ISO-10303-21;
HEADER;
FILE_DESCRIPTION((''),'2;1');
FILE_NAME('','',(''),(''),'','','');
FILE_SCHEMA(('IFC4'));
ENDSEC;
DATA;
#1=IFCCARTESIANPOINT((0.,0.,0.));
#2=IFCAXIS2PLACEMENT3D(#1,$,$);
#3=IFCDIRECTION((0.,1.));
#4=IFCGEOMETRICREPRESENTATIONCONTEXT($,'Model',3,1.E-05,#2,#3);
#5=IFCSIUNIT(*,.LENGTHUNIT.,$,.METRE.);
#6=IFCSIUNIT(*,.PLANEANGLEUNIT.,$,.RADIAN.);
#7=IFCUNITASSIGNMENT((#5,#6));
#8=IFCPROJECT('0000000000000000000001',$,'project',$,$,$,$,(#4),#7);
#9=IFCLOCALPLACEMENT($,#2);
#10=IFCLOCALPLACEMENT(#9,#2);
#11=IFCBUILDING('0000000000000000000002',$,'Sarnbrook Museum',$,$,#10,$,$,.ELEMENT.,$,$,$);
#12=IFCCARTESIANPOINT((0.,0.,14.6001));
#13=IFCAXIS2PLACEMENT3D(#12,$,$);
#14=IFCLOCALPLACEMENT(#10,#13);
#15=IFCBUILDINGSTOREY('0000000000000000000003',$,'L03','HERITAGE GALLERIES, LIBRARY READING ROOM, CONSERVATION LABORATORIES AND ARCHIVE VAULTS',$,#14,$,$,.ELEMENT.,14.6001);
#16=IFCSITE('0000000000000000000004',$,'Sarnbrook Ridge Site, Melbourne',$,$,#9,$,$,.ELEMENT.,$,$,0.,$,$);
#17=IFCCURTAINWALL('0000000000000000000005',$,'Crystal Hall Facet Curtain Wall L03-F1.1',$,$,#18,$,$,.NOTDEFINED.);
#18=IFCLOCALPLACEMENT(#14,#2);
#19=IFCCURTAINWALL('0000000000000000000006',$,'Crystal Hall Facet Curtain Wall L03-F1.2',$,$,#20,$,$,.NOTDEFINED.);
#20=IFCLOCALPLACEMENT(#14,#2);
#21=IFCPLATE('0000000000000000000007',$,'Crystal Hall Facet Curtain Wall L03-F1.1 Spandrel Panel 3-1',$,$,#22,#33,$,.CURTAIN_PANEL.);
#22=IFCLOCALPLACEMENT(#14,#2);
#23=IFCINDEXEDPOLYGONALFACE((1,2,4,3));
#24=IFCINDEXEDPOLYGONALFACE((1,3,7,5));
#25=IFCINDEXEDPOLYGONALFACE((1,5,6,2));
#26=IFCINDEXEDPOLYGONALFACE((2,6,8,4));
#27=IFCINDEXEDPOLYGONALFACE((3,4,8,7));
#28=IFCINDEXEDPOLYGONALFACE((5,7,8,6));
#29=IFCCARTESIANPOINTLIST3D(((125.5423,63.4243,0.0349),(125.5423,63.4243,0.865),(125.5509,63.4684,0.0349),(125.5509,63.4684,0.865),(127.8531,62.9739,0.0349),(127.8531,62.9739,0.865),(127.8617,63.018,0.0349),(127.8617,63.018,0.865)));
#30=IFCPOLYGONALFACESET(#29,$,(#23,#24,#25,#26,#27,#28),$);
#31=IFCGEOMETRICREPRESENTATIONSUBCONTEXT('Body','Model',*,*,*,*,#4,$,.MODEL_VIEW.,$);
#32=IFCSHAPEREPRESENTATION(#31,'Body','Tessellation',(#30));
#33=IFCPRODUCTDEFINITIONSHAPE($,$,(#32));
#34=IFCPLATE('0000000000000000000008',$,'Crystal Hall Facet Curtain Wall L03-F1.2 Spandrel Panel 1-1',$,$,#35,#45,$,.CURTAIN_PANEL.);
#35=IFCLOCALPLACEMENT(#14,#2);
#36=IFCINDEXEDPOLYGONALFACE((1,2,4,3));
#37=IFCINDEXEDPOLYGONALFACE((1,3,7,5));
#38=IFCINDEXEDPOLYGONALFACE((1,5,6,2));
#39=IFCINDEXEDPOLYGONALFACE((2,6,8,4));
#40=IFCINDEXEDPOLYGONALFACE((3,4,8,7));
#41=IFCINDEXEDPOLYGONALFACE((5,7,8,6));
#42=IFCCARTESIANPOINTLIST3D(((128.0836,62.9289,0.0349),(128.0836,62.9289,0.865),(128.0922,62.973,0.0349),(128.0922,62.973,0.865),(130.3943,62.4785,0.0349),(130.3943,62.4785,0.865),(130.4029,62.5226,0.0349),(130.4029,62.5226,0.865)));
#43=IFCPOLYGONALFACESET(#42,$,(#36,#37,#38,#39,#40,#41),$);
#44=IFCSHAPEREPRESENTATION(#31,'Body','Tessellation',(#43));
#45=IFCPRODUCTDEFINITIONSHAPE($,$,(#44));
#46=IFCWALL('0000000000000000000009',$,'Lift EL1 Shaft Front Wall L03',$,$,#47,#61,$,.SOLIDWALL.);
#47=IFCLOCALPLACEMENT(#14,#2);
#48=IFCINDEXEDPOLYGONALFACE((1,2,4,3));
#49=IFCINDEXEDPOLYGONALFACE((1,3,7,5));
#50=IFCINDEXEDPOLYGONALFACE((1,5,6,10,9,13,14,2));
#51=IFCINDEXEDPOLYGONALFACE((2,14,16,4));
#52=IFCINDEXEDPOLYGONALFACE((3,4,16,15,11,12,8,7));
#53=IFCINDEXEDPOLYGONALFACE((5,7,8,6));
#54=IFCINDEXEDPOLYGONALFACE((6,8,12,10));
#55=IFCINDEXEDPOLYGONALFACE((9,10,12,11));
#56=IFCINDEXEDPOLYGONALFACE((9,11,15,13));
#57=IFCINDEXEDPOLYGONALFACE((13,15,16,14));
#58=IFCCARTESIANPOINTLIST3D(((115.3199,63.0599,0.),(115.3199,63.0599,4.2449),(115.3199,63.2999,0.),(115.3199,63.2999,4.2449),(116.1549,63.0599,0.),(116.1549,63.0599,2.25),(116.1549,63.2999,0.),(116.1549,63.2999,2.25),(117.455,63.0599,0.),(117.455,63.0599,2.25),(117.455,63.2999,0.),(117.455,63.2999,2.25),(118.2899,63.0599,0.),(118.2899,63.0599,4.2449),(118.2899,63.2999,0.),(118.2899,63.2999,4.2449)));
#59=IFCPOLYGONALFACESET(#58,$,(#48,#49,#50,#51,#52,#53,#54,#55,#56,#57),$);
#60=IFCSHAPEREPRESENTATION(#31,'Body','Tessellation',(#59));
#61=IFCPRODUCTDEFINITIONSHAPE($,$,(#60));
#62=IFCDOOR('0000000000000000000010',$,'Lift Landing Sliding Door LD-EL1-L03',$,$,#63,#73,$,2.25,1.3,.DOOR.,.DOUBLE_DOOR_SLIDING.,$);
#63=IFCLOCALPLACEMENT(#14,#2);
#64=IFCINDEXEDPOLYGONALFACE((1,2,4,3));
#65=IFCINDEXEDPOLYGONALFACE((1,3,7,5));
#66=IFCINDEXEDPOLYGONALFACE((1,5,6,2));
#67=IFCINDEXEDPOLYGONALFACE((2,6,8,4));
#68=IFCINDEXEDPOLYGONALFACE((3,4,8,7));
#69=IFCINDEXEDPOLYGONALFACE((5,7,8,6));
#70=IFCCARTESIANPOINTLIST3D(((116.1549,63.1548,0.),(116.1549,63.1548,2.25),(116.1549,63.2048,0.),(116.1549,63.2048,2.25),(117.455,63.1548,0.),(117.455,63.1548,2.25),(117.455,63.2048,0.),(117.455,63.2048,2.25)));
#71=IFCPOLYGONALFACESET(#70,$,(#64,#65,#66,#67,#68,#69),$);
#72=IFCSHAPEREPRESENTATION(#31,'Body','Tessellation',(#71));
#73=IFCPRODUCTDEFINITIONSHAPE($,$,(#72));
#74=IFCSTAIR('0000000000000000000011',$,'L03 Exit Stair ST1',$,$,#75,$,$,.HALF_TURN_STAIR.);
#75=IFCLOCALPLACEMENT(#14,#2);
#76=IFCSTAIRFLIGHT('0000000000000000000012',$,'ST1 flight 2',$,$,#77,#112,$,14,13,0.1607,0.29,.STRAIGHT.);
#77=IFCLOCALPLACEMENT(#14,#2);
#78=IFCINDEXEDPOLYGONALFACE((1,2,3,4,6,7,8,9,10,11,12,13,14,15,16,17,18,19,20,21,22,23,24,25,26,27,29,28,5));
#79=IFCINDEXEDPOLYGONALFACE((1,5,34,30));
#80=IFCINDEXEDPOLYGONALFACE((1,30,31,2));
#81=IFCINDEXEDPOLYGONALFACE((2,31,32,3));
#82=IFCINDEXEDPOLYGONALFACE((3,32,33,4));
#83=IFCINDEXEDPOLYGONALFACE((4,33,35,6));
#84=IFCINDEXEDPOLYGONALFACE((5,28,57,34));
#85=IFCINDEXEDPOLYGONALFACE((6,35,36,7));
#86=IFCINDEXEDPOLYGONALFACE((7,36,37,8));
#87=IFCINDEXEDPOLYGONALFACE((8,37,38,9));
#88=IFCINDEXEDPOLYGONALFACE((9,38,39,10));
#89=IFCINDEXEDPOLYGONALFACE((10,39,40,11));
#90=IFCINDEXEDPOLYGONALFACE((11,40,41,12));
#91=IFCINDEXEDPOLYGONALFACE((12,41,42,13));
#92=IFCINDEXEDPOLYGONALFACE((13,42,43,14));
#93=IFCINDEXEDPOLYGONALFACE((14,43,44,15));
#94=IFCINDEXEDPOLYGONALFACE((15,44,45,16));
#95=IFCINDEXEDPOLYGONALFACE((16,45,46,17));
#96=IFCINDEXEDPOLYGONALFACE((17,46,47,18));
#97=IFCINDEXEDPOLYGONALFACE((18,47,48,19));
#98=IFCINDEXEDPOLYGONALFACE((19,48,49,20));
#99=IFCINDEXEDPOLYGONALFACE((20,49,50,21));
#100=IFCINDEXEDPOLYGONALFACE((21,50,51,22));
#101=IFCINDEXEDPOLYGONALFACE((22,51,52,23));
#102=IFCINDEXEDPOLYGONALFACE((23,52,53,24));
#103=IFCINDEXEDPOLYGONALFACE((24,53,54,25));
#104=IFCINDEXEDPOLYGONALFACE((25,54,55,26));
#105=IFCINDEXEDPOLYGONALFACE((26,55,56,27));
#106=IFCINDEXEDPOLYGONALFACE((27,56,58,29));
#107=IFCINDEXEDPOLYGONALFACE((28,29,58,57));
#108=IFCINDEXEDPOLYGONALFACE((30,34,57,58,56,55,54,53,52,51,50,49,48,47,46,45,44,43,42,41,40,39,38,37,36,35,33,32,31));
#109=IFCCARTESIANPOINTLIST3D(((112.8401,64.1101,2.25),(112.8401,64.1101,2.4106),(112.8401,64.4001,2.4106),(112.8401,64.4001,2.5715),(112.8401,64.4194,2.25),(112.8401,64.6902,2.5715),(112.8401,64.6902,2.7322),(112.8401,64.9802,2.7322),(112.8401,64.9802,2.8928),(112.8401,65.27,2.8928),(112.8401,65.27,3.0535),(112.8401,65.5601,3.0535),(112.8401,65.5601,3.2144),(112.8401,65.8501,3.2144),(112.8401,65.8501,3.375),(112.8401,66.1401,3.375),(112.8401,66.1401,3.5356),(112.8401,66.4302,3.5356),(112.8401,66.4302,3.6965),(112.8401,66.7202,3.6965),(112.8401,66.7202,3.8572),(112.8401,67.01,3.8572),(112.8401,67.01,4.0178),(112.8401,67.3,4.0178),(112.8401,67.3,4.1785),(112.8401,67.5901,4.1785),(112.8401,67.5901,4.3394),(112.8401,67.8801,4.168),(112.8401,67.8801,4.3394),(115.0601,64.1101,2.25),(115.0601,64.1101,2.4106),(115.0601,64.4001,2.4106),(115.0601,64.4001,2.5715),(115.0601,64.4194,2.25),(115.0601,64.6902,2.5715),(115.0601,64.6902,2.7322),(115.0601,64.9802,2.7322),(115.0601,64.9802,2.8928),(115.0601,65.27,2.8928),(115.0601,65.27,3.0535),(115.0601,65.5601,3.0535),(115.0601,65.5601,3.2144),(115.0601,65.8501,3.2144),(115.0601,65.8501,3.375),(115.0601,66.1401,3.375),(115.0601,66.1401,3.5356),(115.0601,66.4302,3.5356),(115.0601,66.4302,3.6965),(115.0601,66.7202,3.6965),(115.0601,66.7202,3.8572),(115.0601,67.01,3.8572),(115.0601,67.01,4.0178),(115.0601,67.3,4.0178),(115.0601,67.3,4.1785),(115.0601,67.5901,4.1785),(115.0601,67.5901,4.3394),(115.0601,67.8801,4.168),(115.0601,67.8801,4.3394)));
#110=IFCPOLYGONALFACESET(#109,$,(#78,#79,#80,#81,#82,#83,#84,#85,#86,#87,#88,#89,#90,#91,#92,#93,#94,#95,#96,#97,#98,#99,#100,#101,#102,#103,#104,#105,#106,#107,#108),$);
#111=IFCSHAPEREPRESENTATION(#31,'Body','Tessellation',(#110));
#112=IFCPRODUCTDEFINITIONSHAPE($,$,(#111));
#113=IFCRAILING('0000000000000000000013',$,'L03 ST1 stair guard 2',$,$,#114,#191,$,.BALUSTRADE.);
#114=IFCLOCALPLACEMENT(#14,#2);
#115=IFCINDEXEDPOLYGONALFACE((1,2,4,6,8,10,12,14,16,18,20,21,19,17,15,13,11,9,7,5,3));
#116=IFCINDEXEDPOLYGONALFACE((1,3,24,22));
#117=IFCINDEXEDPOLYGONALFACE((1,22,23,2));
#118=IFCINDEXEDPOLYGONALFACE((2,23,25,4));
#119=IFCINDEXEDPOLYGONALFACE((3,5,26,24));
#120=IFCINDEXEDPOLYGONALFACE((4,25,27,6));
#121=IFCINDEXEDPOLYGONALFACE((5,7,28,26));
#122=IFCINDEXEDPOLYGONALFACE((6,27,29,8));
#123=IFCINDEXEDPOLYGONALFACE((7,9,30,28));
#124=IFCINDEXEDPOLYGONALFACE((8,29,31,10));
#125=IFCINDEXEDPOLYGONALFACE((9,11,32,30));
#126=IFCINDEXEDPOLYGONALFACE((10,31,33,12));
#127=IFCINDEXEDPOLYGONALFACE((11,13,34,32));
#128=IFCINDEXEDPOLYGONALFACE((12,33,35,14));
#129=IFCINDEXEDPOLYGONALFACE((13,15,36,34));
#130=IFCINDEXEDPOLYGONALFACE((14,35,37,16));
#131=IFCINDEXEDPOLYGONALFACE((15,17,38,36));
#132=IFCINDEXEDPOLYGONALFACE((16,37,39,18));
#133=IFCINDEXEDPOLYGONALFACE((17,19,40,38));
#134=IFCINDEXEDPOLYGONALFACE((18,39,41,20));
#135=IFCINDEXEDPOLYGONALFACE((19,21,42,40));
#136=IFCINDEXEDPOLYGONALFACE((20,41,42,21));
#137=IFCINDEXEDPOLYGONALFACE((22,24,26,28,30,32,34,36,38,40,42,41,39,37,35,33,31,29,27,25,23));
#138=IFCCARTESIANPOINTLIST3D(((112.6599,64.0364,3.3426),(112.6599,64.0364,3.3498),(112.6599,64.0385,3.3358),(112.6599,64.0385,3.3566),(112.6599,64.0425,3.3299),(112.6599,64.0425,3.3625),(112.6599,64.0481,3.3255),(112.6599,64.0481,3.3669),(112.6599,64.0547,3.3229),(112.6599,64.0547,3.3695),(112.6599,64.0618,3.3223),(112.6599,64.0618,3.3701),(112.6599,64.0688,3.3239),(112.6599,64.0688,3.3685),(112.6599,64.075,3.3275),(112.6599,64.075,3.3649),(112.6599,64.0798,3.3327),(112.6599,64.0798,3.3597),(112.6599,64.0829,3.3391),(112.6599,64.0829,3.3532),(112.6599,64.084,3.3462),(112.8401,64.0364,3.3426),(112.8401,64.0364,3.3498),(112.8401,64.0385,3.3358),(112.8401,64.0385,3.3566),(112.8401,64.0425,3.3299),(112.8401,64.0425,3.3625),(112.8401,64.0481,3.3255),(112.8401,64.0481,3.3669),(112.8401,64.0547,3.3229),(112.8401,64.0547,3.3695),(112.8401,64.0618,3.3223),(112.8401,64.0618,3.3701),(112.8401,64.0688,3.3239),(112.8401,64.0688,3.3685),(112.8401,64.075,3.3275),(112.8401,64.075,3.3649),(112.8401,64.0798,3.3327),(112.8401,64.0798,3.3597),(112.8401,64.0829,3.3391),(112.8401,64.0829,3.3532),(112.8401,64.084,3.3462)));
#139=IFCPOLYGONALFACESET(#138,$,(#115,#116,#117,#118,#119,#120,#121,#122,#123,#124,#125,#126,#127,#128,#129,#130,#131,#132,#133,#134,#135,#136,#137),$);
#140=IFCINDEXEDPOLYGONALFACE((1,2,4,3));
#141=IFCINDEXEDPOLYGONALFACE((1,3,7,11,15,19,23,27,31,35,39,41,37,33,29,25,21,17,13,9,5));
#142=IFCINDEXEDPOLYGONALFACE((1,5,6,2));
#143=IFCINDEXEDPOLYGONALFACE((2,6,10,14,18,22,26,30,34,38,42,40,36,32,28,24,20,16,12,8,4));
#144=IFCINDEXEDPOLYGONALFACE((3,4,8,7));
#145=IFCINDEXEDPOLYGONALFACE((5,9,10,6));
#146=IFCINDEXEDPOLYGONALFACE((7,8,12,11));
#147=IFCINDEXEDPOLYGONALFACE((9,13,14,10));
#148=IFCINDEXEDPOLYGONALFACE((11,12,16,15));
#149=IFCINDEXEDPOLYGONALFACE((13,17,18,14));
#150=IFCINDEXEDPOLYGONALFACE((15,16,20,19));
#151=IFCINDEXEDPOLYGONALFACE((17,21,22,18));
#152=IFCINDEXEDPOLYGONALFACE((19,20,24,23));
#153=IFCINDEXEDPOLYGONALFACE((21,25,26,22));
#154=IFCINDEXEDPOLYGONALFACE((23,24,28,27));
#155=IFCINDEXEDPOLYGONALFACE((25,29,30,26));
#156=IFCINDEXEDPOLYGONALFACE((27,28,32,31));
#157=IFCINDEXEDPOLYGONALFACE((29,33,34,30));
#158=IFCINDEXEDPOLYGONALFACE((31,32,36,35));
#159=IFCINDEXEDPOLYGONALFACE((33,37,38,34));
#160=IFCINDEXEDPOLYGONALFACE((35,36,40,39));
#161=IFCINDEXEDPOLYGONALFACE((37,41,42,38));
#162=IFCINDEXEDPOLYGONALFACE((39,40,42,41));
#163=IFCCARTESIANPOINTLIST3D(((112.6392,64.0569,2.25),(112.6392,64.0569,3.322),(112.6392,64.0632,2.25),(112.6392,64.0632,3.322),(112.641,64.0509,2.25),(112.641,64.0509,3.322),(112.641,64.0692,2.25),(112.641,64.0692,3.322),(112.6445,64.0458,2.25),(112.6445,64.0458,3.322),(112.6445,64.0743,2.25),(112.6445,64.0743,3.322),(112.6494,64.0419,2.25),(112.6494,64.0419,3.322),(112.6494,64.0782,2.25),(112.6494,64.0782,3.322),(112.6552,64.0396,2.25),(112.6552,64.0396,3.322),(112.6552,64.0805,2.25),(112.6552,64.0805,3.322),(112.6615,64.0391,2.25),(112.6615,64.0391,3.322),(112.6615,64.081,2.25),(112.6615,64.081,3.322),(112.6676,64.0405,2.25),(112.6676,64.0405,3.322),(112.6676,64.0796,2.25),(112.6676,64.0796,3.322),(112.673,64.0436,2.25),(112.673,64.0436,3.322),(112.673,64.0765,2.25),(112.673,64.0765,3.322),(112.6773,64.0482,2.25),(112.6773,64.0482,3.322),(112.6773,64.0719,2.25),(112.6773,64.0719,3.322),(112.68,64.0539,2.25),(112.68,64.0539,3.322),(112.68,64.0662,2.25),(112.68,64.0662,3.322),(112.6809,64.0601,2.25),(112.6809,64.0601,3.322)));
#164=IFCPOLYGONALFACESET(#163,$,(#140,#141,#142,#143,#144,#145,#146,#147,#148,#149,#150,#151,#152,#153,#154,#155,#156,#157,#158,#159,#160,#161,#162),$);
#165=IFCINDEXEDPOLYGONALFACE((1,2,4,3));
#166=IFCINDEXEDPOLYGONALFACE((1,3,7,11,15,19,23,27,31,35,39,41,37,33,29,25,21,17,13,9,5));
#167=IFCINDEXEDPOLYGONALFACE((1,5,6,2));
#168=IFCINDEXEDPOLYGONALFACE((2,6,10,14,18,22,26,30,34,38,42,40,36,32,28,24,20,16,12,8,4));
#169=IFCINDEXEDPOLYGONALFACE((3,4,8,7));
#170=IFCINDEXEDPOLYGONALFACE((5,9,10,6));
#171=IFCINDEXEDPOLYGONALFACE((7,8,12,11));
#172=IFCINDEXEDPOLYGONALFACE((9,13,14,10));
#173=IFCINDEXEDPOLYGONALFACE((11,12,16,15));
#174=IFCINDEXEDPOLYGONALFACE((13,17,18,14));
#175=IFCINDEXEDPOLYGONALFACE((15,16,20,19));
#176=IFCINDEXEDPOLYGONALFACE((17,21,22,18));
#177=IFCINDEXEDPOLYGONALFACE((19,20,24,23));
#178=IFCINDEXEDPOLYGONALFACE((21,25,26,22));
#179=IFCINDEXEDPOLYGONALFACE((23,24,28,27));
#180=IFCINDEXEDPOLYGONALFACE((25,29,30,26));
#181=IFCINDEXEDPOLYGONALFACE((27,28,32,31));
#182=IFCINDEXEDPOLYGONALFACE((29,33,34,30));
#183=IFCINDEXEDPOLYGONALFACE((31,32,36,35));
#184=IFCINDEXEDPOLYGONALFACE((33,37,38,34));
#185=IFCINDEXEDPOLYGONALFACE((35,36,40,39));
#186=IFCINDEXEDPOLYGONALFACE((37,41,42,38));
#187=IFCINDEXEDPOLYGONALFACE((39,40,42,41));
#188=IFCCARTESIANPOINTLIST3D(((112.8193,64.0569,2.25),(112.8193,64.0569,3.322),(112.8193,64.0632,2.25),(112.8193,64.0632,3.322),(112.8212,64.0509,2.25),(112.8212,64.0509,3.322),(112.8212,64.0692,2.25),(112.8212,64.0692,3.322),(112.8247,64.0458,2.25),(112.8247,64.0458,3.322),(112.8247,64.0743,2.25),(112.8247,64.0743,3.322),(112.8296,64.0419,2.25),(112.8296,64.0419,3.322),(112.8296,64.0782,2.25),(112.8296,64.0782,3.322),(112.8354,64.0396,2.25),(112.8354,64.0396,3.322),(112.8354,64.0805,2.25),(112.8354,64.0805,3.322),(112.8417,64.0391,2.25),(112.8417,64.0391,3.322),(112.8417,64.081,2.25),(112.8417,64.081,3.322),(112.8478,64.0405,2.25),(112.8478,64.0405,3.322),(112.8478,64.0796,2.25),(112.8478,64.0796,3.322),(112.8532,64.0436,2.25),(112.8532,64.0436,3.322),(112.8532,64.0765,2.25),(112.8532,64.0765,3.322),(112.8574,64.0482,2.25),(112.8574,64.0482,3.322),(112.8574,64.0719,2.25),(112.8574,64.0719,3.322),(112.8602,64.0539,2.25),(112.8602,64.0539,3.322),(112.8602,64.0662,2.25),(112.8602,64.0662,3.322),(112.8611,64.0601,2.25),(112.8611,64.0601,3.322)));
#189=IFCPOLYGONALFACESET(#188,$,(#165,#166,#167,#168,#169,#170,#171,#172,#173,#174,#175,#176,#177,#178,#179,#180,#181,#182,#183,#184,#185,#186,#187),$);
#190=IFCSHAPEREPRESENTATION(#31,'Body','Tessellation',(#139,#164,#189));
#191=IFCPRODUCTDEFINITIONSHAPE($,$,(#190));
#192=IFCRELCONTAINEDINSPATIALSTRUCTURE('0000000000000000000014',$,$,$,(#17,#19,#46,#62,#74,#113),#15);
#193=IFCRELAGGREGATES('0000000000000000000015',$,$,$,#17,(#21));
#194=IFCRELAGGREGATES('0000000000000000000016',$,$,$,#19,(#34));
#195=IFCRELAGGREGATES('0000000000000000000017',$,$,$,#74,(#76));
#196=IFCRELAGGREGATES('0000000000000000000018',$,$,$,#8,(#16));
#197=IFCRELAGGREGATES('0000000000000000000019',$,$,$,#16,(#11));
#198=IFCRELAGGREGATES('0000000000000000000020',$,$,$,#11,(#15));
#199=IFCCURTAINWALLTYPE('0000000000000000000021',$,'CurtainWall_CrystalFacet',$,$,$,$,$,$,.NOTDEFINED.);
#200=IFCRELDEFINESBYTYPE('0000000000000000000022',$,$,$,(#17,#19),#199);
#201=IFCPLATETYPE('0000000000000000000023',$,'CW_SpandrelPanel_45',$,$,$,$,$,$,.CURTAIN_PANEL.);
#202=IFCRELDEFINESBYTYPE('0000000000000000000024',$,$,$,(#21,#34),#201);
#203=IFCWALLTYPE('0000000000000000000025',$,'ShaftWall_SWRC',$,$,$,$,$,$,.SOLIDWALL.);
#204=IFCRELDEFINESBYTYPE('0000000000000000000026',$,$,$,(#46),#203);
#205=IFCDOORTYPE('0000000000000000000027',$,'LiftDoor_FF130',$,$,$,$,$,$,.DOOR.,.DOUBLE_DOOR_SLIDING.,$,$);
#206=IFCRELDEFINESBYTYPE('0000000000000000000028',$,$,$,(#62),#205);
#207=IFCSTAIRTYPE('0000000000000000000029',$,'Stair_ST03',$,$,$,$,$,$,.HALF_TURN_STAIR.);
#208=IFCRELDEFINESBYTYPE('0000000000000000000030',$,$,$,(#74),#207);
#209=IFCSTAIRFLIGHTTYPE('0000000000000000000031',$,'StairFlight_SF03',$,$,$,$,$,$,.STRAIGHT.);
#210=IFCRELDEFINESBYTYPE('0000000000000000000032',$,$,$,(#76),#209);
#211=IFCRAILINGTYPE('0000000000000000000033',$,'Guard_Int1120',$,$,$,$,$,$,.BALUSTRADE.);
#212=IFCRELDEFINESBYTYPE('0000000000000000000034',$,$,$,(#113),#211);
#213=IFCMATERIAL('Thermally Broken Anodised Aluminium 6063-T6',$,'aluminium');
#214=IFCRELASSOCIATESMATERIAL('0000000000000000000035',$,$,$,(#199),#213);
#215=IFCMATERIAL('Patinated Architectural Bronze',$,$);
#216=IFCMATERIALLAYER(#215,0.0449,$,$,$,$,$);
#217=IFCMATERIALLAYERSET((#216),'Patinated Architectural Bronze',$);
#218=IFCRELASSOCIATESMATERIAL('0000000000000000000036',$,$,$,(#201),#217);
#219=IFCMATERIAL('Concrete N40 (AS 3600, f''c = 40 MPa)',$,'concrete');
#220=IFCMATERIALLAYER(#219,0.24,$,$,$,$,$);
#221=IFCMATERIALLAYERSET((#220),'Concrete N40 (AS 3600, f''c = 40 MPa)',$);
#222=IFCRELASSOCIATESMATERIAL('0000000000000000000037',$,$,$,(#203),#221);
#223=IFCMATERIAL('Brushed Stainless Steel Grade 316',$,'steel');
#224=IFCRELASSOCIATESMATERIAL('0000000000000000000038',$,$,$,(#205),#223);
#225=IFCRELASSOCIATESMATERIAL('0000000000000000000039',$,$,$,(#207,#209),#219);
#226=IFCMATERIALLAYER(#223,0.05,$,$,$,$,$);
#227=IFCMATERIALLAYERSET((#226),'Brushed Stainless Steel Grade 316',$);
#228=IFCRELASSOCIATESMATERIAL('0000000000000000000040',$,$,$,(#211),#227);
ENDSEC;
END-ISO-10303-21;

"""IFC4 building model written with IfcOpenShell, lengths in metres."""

from ifc_helpers import new_model, si_unit, direction, frame, frame_2d, origin, origin_2d, place, context, subcontext, project, spatial, polyline, rectangle, circle, outline, extrude, material, layer, layer_set, type_object, element, fill, aggregate, save


model = new_model("IFC4")

# Units and contexts
model_context = context("Model", 3, precision=1e-05, world=origin(), true_north=direction((0.0, 1.0)))
body_context = subcontext(model_context, "Body", "Model", "MODEL_VIEW")
ifc_project = project(units=[si_unit("LENGTHUNIT", "METRE"), si_unit("PLANEANGLEUNIT", "RADIAN")], contexts=[model_context])

# Site, building, storey
site_placement = place(None, origin())
site = spatial("IfcSite", under=ifc_project, at=site_placement, Name="Sarnbrook Ridge Site, Melbourne", CompositionType="ELEMENT", RefElevation=0.0)
building_placement = place(site_placement, origin())
building = spatial("IfcBuilding", under=site, at=building_placement, Name="Sarnbrook Museum", CompositionType="ELEMENT")
storey_placement = place(building_placement, frame((0.0, 0.0, 14.6001)))
storey = spatial("IfcBuildingStorey", under=building, at=storey_placement, Name="L03", Description="HERITAGE GALLERIES, LIBRARY READING ROOM, CONSERVATION LABORATORIES AND ARCHIVE VAULTS", CompositionType="ELEMENT", Elevation=14.6001)

# Curtain walls
ifc_material_1 = material(Name="Thermally Broken Anodised Aluminium 6063-T6", Category="aluminium")
curtain_wall_type = type_object("IfcCurtainWallType", Name="CurtainWall_CrystalFacet", PredefinedType="NOTDEFINED", material=ifc_material_1)
curtain_wall_1_placement = place(storey_placement, origin())
curtain_wall_1 = element("IfcCurtainWall", 1, at=curtain_wall_1_placement, inside=storey, type_object=curtain_wall_type, Name="Crystal Hall Facet Curtain Wall L03-F1.1", PredefinedType="NOTDEFINED")
curtain_wall_2_placement = place(storey_placement, origin())
curtain_wall_2 = element("IfcCurtainWall", 2, at=curtain_wall_2_placement, inside=storey, type_object=curtain_wall_type, Name="Crystal Hall Facet Curtain Wall L03-F1.2", PredefinedType="NOTDEFINED")

# Plates
ifc_material_2 = material(Name="Patinated Architectural Bronze")
ifc_layer_1 = layer(ifc_material_2, 0.0449)
ifc_layer_set_1 = layer_set([ifc_layer_1], Name="Patinated Architectural Bronze")
plate_type_1 = type_object("IfcPlateType", Name="CW_SpandrelPanel_45", PredefinedType="CURTAIN_PANEL", material=ifc_layer_set_1)
plate_1_placement = place(storey_placement, frame((126.7063, 63.2432, 0.45), z_axis=(-0.191314, -0.981529, 0.0), x_axis=(0.981529, -0.191314, 0.0)))
plate_1 = element("IfcPlate", 3, at=plate_1_placement, type_object=plate_type_1, Name="Crystal Hall Facet Curtain Wall L03-F1.1 Spandrel Panel 3-1", PredefinedType="CURTAIN_PANEL", context=body_context, shape_type="SweptSolid", body=[
    extrude(rectangle(XDim=2.3542, YDim=0.8301, at=origin_2d()), origin(), (0.0, 0.0, 1.0), 0.0449),
])
aggregate(curtain_wall_1, [plate_1])
plate_2_placement = place(storey_placement, frame((129.2476, 62.7478, 0.45), z_axis=(-0.191314, -0.981529, 0.0), x_axis=(0.981529, -0.191314, 0.0)))
plate_2 = element("IfcPlate", 4, at=plate_2_placement, type_object=plate_type_1, Name="Crystal Hall Facet Curtain Wall L03-F1.2 Spandrel Panel 1-1", PredefinedType="CURTAIN_PANEL", context=body_context, shape_type="SweptSolid", body=[
    extrude(rectangle(XDim=2.3542, YDim=0.8301, at=origin_2d()), origin(), (0.0, 0.0, 1.0), 0.0449),
])
aggregate(curtain_wall_2, [plate_2])

# Wall, opening, door
ifc_material_3 = material(Name="Concrete N40 (AS 3600, f'c = 40 MPa)", Category="concrete")
ifc_layer_2 = layer(ifc_material_3, 0.24)
ifc_layer_set_2 = layer_set([ifc_layer_2], Name="Concrete N40 (AS 3600, f'c = 40 MPa)")
wall_type = type_object("IfcWallType", Name="ShaftWall_SWRC", PredefinedType="SOLIDWALL", material=ifc_layer_set_2)
wall_placement = place(storey_placement, frame((115.3201, 63.1799, 0.0), z_axis=(0.0, 0.0, 1.0), x_axis=(1.0, 0.0, 0.0)))
wall = element("IfcWall", 5, at=wall_placement, inside=storey, type_object=wall_type, Name="Lift EL1 Shaft Front Wall L03", PredefinedType="SOLIDWALL", context=body_context, shape_type="SweptSolid", body=[
    extrude(rectangle(XDim=2.97, YDim=0.24, at=frame_2d((1.4849, 0.0))), origin(), (0.0, 0.0, 1.0), 4.2449),
])
opening_placement = place(wall_placement, frame((0.835, 0.0, 0.0)))
opening = element("IfcOpeningElement", 6, at=opening_placement, cuts=wall, PredefinedType="OPENING", context=body_context, shape_type="SweptSolid", body=[
    extrude(rectangle(XDim=1.3, YDim=2.25, at=frame_2d((0.6499, 1.125))), frame((0.0, 0.1299, 0.0), z_axis=(0.0, -1.0, 0.0), x_axis=(1.0, 0.0, 0.0)), (0.0, 0.0, 1.0), 0.26),
])
ifc_material_4 = material(Name="Brushed Stainless Steel Grade 316", Category="steel")
door_type = type_object("IfcDoorType", Name="LiftDoor_FF130", OperationType="DOUBLE_DOOR_SLIDING", PredefinedType="DOOR", material=ifc_material_4)
door_placement = place(opening_placement, origin())
door = element("IfcDoor", 7, at=door_placement, inside=storey, type_object=door_type, Name="Lift Landing Sliding Door LD-EL1-L03", OperationType="DOUBLE_DOOR_SLIDING", OverallHeight=2.25, OverallWidth=1.3, PredefinedType="DOOR", context=body_context, shape_type="SweptSolid", body=[
    extrude(rectangle(XDim=1.3, YDim=2.25, at=frame_2d((0.6499, 1.125))), frame((0.0, 0.0249, 0.0), z_axis=(0.0, -1.0, 0.0), x_axis=(1.0, 0.0, 0.0)), (0.0, 0.0, 1.0), 0.05),
])
fill(opening, door)

# Stair, stair flight
stair_type = type_object("IfcStairType", Name="Stair_ST03", PredefinedType="HALF_TURN_STAIR", material=ifc_material_3)
stair_placement = place(storey_placement, origin())
stair = element("IfcStair", 8, at=stair_placement, inside=storey, type_object=stair_type, Name="L03 Exit Stair ST1", PredefinedType="HALF_TURN_STAIR")
stair_flight_type = type_object("IfcStairFlightType", Name="StairFlight_SF03", PredefinedType="STRAIGHT", material=ifc_material_3)
stair_flight_placement = place(storey_placement, frame((113.95, 64.1101, 2.25), z_axis=(0.0, 0.0, 1.0), x_axis=(0.0, 1.0, 0.0)))
stair_flight = element("IfcStairFlight", 9, at=stair_flight_placement, type_object=stair_flight_type, Name="ST1 flight 2", NumberOfRisers=14, NumberOfTreads=13, PredefinedType="STRAIGHT", RiserHeight=0.1607, TreadLength=0.29, context=body_context, shape_type="SweptSolid", body=[
    extrude(outline(polyline([(0.0, 0.0), (0.0, 0.1606), (0.29, 0.1606), (0.29, 0.3215), (0.5801, 0.3215), (0.5801, 0.4822), (0.8701, 0.4822), (0.8701, 0.6428), (1.1599, 0.6428), (1.1599, 0.8035), (1.45, 0.8035), (1.45, 0.9644), (1.74, 0.9644), (1.74, 1.125), (2.03, 1.125), (2.03, 1.2856), (2.3201, 1.2856), (2.3201, 1.4465), (2.6101, 1.4465), (2.6101, 1.6072), (2.8999, 1.6072), (2.8999, 1.7678), (3.1899, 1.7678), (3.1899, 1.9285), (3.48, 1.9285), (3.48, 2.0894), (3.77, 2.0894), (3.77, 2.25), (3.77, 1.918), (0.3093, 0.0), (0.0, 0.0)])), frame((0.0, 1.1099, 0.0), z_axis=(0.0, -1.0, 0.0), x_axis=(1.0, 0.0, 0.0)), (0.0, 0.0, 1.0), 2.22),
])
aggregate(stair, [stair_flight])

# Railing
ifc_layer_3 = layer(ifc_material_4, 0.05)
ifc_layer_set_3 = layer_set([ifc_layer_3], Name="Brushed Stainless Steel Grade 316")
railing_type = type_object("IfcRailingType", Name="Guard_Int1120", PredefinedType="BALUSTRADE", material=ifc_layer_set_3)
railing_1_placement = place(storey_placement, frame((112.6599, 64.0601, 2.25)))
element("IfcRailing", 10, at=railing_1_placement, inside=storey, type_object=railing_type, Name="L03 ST1 stair guard 2", PredefinedType="BALUSTRADE", context=body_context, shape_type="SweptSolid", body=[
    extrude(circle(Radius=0.0239, at=origin_2d()), frame((0.0, 0.0, 1.0962), z_axis=(1.0, 0.0, 0.0), x_axis=(0.0, 1.0, 0.0)), (0.0, 0.0, 1.0), 0.1802),
    extrude(circle(Radius=0.021, at=origin_2d()), origin(), (0.0, 0.0, 1.0), 1.072),
    extrude(circle(Radius=0.021, at=origin_2d()), frame((0.1802, 0.0, 0.0)), (0.0, 0.0, 1.0), 1.072),
])

save(model, "model.ifc")
